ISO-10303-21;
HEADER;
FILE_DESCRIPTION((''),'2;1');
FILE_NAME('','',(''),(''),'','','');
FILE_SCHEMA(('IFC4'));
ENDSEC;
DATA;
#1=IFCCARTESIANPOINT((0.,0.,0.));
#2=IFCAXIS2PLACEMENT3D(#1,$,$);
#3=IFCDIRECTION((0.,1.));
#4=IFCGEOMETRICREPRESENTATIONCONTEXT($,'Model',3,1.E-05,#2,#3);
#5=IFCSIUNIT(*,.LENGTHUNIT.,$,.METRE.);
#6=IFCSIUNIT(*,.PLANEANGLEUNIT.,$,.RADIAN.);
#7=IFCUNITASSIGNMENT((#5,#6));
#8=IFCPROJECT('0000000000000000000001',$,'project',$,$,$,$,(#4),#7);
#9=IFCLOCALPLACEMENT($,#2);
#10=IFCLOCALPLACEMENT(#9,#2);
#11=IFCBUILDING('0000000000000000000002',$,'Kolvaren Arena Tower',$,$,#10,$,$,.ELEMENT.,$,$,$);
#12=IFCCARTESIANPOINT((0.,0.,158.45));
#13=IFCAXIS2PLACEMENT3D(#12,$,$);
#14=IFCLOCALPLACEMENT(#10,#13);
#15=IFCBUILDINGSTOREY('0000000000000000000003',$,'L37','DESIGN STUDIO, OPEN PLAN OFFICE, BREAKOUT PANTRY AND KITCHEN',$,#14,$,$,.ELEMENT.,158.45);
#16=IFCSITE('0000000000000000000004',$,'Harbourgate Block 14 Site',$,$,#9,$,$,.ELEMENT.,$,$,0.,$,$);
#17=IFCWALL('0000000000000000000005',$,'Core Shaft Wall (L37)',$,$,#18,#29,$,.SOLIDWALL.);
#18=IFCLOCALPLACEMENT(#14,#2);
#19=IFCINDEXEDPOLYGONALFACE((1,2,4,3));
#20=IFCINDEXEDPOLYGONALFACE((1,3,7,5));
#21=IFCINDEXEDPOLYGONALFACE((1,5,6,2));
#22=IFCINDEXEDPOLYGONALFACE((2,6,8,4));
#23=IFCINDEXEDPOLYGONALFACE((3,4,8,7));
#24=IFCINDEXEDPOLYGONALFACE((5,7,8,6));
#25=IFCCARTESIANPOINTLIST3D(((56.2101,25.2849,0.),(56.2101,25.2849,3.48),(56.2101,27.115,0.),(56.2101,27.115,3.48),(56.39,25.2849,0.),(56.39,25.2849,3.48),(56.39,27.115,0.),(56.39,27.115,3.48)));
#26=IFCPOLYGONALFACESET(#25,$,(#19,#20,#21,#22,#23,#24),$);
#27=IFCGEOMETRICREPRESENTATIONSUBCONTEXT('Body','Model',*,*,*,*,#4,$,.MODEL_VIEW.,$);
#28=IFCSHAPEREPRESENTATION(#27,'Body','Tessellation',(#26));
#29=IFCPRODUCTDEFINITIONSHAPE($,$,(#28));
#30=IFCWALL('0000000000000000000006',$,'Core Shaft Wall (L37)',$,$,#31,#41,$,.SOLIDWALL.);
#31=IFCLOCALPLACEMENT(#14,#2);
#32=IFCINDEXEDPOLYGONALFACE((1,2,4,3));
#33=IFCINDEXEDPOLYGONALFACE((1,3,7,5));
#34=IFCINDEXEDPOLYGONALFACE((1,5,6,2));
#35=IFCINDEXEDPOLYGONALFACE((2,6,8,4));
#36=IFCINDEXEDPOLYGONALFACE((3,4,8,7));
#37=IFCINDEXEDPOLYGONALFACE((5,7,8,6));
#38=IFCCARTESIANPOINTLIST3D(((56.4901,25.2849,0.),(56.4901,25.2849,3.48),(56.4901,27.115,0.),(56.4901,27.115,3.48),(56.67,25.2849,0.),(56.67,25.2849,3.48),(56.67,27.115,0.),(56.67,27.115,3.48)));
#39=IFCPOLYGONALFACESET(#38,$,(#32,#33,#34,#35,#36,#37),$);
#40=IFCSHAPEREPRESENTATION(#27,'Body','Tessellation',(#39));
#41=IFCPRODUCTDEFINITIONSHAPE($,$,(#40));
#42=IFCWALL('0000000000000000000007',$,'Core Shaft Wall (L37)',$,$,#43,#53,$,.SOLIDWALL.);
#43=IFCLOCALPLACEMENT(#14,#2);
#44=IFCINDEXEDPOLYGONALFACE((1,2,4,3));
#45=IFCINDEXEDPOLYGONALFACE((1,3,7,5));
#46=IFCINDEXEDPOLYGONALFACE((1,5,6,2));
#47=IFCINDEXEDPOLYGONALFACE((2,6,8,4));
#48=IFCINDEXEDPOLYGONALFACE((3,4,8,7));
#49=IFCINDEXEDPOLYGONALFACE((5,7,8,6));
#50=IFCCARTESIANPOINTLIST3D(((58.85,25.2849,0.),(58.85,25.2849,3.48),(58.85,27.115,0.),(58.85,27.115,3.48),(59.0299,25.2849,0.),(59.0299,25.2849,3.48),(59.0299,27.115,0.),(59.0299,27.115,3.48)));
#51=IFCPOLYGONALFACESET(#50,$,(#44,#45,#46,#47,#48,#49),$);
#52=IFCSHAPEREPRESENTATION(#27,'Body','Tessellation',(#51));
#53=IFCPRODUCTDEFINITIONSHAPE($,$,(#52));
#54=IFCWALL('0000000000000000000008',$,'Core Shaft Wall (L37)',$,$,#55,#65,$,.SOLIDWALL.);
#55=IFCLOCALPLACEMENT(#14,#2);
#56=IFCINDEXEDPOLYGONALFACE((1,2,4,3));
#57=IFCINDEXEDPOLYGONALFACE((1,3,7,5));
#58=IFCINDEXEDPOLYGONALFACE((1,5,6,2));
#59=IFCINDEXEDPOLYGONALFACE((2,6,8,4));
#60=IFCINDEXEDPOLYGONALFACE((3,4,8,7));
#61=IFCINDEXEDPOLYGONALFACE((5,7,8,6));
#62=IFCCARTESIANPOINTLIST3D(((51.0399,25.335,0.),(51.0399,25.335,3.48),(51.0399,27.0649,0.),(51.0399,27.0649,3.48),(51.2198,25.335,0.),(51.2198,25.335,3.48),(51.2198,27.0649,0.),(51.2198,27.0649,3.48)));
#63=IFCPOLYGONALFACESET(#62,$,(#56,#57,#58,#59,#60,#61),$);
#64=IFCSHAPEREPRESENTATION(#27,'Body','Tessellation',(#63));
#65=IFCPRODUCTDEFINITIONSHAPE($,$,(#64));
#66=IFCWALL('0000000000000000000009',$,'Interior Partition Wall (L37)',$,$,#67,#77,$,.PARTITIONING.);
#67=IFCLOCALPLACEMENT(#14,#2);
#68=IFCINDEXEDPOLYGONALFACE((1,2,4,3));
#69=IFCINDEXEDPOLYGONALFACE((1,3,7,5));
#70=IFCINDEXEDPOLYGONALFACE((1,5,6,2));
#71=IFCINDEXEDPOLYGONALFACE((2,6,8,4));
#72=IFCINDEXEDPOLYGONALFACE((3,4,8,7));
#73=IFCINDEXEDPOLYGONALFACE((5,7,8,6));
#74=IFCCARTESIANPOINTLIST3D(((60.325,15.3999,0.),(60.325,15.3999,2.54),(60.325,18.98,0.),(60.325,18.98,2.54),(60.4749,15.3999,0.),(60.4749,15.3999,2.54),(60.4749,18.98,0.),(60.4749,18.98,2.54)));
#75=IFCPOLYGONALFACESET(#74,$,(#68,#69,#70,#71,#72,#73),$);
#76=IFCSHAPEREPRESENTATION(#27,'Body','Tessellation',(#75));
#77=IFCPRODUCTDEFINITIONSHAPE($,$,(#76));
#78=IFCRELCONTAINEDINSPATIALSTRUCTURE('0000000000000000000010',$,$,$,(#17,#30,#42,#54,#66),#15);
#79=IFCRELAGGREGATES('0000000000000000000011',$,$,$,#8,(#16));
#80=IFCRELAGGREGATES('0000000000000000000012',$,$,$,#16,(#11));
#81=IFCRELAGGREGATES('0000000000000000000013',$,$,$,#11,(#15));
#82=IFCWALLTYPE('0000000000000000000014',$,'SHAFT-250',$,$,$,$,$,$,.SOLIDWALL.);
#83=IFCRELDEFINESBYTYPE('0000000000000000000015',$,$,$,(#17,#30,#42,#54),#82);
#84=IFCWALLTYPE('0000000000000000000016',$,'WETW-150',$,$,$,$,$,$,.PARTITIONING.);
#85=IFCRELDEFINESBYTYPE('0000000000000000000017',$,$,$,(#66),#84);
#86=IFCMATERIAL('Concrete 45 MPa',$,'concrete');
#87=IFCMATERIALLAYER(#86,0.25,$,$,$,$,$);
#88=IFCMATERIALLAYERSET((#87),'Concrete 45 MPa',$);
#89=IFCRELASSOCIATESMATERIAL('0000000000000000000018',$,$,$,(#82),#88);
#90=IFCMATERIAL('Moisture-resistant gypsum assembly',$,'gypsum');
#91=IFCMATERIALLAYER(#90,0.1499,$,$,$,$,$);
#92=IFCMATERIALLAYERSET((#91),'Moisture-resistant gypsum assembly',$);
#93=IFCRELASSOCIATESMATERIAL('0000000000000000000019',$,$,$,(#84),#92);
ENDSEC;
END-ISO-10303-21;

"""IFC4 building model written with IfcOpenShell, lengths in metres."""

from ifc_helpers import new_model, si_unit, direction, frame, frame_2d, origin, place, context, subcontext, project, spatial, rectangle, extrude, material, layer, layer_set, type_object, element, save


model = new_model("IFC4")

# Units and contexts
model_context = context("Model", 3, precision=1e-05, world=origin(), true_north=direction((0.0, 1.0)))
body_context = subcontext(model_context, "Body", "Model", "MODEL_VIEW")
ifc_project = project(units=[si_unit("LENGTHUNIT", "METRE"), si_unit("PLANEANGLEUNIT", "RADIAN")], contexts=[model_context])

# Site, building, storey
site_placement = place(None, origin())
site = spatial("IfcSite", under=ifc_project, at=site_placement, Name="Harbourgate Block 14 Site", CompositionType="ELEMENT", RefElevation=0.0)
building_placement = place(site_placement, origin())
building = spatial("IfcBuilding", under=site, at=building_placement, Name="Kolvaren Arena Tower", CompositionType="ELEMENT")
storey_placement = place(building_placement, frame((0.0, 0.0, 158.45)))
storey = spatial("IfcBuildingStorey", under=building, at=storey_placement, Name="L37", Description="DESIGN STUDIO, OPEN PLAN OFFICE, BREAKOUT PANTRY AND KITCHEN", CompositionType="ELEMENT", Elevation=158.45)

# Walls
ifc_material_1 = material(Name="Concrete 45 MPa", Category="concrete")
ifc_layer_1 = layer(ifc_material_1, 0.25)
ifc_layer_set_1 = layer_set([ifc_layer_1], Name="Concrete 45 MPa")
wall_type_1 = type_object("IfcWallType", Name="SHAFT-250", PredefinedType="SOLIDWALL", material=ifc_layer_set_1)
for number, where, z_axis, x_axis, name in (
    (1, (56.3, 25.2849, 0.0), (0.0, 0.0, 1.0), (0.0, 1.0, 0.0), "Core Shaft Wall (L37)"),
    (2, (56.5801, 25.2849, 0.0), (0.0, 0.0, 1.0), (0.0, 1.0, 0.0), "Core Shaft Wall (L37)"),
    (3, (58.9399, 25.2849, 0.0), (0.0, 0.0, 1.0), (0.0, 1.0, 0.0), "Core Shaft Wall (L37)"),
):
    element("IfcWall", number, at=place(storey_placement, frame(where, z_axis=z_axis, x_axis=x_axis)), inside=storey, type_object=wall_type_1, Name=name, PredefinedType="SOLIDWALL", context=body_context, shape_type="SweptSolid", body=[
        extrude(rectangle(XDim=1.8301, YDim=0.1799, at=frame_2d((0.915, 0.0))), origin(), (0.0, 0.0, 1.0), 3.48),
    ])
wall_1_placement = place(storey_placement, frame((51.1299, 25.335, 0.0), z_axis=(0.0, 0.0, 1.0), x_axis=(0.0, 1.0, 0.0)))
element("IfcWall", 4, at=wall_1_placement, inside=storey, type_object=wall_type_1, Name="Core Shaft Wall (L37)", PredefinedType="SOLIDWALL", context=body_context, shape_type="SweptSolid", body=[
    extrude(rectangle(XDim=1.73, YDim=0.1799, at=frame_2d((0.865, 0.0))), origin(), (0.0, 0.0, 1.0), 3.48),
])
ifc_material_2 = material(Name="Moisture-resistant gypsum assembly", Category="gypsum")
ifc_layer_2 = layer(ifc_material_2, 0.1499)
ifc_layer_set_2 = layer_set([ifc_layer_2], Name="Moisture-resistant gypsum assembly")
wall_type_2 = type_object("IfcWallType", Name="WETW-150", PredefinedType="PARTITIONING", material=ifc_layer_set_2)
wall_2_placement = place(storey_placement, frame((60.3999, 15.3999, 0.0), z_axis=(0.0, 0.0, 1.0), x_axis=(0.0, 1.0, 0.0)))
element("IfcWall", 5, at=wall_2_placement, inside=storey, type_object=wall_type_2, Name="Interior Partition Wall (L37)", PredefinedType="PARTITIONING", context=body_context, shape_type="SweptSolid", body=[
    extrude(rectangle(XDim=3.5801, YDim=0.1499, at=frame_2d((1.79, 0.0))), origin(), (0.0, 0.0, 1.0), 2.54),
])

save(model, "model.ifc")
